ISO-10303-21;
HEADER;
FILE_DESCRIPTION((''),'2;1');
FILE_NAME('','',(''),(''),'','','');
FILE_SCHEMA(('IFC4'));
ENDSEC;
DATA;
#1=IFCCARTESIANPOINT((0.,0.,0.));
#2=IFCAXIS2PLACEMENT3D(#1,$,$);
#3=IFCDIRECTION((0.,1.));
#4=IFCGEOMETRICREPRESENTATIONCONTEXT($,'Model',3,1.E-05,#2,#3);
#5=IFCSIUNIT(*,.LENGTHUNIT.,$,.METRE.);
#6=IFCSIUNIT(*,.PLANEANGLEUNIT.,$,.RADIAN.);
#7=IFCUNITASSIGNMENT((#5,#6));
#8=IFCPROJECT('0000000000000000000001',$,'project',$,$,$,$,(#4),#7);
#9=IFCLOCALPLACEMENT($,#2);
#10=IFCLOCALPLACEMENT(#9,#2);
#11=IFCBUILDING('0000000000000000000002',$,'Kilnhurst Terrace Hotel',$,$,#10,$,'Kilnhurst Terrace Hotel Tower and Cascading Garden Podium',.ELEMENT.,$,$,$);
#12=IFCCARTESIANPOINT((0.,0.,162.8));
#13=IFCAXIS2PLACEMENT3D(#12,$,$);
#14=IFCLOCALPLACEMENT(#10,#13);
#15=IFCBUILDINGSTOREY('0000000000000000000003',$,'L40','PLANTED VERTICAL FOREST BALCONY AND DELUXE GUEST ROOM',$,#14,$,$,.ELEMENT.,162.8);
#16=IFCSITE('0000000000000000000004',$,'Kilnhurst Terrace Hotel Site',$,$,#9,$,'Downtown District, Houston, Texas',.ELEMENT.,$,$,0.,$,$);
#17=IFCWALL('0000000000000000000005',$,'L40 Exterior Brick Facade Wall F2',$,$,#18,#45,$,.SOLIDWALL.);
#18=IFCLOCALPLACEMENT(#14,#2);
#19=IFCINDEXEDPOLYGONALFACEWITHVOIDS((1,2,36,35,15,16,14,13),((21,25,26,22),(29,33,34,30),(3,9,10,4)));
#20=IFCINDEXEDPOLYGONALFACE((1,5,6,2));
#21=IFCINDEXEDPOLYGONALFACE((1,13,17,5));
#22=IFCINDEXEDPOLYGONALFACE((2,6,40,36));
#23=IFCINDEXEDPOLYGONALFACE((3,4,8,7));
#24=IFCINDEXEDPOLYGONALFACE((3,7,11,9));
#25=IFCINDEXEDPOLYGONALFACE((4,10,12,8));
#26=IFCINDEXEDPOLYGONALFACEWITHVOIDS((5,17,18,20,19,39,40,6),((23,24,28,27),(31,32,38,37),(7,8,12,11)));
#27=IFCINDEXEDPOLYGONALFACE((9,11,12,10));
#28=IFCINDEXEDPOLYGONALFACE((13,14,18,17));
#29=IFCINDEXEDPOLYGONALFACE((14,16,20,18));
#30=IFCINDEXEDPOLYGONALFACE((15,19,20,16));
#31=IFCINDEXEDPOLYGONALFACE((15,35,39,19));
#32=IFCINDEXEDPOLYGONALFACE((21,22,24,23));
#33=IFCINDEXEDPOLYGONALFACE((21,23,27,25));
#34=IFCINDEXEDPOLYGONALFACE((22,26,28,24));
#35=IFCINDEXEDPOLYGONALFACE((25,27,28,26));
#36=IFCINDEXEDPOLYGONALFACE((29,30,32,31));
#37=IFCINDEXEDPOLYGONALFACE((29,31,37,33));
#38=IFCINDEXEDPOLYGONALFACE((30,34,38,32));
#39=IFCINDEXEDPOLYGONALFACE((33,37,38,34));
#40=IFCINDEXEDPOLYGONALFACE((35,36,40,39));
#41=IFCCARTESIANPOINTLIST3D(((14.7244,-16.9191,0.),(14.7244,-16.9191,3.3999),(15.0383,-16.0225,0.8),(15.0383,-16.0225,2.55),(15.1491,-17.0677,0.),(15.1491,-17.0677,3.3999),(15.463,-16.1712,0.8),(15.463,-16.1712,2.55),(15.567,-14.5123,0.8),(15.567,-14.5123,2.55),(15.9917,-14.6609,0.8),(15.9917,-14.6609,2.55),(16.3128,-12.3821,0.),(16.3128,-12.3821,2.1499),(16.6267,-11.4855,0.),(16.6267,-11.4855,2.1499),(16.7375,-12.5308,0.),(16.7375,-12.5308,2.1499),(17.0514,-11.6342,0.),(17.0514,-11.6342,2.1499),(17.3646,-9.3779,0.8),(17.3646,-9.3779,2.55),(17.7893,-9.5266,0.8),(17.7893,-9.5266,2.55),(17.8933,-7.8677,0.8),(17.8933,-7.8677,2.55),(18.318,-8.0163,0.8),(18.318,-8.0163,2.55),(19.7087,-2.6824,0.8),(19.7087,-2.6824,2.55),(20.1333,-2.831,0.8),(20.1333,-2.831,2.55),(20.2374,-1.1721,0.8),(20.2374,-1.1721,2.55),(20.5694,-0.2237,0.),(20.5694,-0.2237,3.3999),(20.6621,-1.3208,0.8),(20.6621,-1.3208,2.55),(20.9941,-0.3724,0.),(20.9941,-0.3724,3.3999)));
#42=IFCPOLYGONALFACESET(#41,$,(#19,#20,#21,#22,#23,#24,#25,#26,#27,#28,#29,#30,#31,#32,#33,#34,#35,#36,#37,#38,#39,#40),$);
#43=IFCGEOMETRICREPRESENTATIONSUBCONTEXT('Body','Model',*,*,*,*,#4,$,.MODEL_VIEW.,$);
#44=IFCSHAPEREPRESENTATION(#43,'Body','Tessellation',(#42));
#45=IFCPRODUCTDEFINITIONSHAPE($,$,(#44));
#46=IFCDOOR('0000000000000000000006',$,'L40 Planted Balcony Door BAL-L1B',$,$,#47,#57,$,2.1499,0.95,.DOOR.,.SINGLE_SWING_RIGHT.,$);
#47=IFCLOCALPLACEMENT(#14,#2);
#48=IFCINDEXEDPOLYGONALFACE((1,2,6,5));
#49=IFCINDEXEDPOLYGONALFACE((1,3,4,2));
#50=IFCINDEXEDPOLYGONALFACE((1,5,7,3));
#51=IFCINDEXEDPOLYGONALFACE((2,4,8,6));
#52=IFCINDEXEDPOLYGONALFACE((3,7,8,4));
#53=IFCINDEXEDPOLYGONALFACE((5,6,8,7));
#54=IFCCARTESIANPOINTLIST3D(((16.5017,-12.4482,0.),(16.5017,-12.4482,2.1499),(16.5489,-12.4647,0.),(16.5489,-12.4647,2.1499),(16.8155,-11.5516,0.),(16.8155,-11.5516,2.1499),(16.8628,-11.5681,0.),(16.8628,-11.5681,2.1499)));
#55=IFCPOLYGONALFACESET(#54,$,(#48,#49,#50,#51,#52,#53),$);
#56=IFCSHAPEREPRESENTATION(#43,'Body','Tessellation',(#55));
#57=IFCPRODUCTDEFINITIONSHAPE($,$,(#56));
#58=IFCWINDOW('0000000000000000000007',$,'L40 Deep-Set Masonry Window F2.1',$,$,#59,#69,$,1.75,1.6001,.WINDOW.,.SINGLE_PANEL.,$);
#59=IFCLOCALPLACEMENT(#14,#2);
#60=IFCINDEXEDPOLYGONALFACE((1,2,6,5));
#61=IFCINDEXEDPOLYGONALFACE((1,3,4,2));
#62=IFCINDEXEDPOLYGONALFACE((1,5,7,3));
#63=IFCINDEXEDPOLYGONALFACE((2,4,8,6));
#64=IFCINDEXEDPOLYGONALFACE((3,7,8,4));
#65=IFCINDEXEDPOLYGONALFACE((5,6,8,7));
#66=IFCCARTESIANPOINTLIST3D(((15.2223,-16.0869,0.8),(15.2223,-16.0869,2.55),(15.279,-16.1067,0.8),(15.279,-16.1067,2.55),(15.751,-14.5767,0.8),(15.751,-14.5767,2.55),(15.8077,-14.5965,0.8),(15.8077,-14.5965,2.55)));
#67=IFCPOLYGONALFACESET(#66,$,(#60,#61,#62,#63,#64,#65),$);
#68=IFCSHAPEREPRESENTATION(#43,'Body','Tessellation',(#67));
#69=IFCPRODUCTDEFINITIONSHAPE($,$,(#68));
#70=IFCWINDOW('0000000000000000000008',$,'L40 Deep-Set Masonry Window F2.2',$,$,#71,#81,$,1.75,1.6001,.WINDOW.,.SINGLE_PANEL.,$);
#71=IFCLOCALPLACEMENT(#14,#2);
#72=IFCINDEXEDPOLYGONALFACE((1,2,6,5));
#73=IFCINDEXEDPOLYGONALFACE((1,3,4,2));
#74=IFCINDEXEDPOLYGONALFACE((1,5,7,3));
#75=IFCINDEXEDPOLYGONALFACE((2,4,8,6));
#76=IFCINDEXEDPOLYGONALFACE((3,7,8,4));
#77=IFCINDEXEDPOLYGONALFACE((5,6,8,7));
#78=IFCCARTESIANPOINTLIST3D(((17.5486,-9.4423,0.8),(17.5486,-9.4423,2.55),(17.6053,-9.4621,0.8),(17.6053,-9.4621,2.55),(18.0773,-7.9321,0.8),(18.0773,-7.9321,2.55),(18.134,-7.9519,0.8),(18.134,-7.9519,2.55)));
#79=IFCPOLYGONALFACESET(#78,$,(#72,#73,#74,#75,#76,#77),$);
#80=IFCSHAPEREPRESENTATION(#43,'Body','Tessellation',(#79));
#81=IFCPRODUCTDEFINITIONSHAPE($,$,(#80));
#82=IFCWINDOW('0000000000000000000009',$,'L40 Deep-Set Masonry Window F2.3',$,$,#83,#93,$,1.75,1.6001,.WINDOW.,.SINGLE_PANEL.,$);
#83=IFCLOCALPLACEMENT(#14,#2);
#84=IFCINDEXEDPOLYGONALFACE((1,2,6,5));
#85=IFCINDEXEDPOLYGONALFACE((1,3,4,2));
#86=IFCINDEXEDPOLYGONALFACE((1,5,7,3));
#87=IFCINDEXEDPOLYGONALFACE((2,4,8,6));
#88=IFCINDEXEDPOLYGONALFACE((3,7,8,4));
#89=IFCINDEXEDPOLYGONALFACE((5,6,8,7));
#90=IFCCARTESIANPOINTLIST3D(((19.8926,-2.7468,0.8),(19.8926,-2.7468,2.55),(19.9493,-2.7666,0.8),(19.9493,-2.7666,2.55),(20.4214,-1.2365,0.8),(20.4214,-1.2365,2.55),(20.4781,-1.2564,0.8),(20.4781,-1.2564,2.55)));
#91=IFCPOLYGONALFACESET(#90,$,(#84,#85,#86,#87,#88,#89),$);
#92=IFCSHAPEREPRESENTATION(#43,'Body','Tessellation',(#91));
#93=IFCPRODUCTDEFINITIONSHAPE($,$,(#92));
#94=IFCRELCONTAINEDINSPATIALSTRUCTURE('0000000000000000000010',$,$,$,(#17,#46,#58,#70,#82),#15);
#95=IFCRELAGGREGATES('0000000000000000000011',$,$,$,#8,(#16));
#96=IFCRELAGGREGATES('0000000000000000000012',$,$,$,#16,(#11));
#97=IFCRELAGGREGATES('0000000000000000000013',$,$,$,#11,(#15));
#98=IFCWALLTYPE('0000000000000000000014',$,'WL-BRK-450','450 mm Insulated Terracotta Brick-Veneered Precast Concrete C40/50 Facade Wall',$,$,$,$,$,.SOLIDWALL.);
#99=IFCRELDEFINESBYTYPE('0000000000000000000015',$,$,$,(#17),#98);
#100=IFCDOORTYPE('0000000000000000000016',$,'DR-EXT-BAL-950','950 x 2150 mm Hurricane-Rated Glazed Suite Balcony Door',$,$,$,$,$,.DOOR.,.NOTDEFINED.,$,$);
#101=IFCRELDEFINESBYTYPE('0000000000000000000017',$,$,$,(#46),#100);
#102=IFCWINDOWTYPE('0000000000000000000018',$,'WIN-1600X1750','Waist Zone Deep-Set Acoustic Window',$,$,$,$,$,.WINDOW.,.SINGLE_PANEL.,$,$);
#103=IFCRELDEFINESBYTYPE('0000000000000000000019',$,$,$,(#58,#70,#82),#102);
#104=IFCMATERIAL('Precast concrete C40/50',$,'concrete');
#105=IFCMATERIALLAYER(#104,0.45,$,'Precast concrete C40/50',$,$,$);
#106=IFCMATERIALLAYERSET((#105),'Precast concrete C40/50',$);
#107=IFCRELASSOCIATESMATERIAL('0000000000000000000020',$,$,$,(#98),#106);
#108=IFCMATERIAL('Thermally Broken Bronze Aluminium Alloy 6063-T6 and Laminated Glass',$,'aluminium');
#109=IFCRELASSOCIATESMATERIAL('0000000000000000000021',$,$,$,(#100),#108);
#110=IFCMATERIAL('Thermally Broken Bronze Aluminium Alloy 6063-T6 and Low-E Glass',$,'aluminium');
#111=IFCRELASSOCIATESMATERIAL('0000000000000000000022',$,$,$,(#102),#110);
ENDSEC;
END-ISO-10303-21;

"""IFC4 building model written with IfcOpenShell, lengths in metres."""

from ifc_helpers import new_model, si_unit, direction, frame, frame_2d, origin, place, context, subcontext, project, spatial, rectangle, extrude, material, layer, layer_set, type_object, element, fill, save


model = new_model("IFC4")

# Units and contexts
model_context = context("Model", 3, precision=1e-05, world=origin(), true_north=direction((0.0, 1.0)))
body_context = subcontext(model_context, "Body", "Model", "MODEL_VIEW")
ifc_project = project(units=[si_unit("LENGTHUNIT", "METRE"), si_unit("PLANEANGLEUNIT", "RADIAN")], contexts=[model_context])

# Site, building, storey
site_placement = place(None, origin())
site = spatial("IfcSite", under=ifc_project, at=site_placement, Name="Kilnhurst Terrace Hotel Site", LongName="Downtown District, Houston, Texas", CompositionType="ELEMENT", RefElevation=0.0)
building_placement = place(site_placement, origin())
building = spatial("IfcBuilding", under=site, at=building_placement, Name="Kilnhurst Terrace Hotel", LongName="Kilnhurst Terrace Hotel Tower and Cascading Garden Podium", CompositionType="ELEMENT")
storey_placement = place(building_placement, frame((0.0, 0.0, 162.8)))
storey = spatial("IfcBuildingStorey", under=building, at=storey_placement, Name="L40", Description="PLANTED VERTICAL FOREST BALCONY AND DELUXE GUEST ROOM", CompositionType="ELEMENT", Elevation=162.8)

# Shared definitions
ifc_material_1 = material(Name="Precast concrete C40/50", Category="concrete")
ifc_layer_1 = layer(ifc_material_1, 0.45, Name="Precast concrete C40/50")
ifc_layer_set_1 = layer_set([ifc_layer_1], Name="Precast concrete C40/50")
wall_type_1 = type_object("IfcWallType", Name="WL-BRK-450", Description="450 mm Insulated Terracotta Brick-Veneered Precast Concrete C40/50 Facade Wall", PredefinedType="SOLIDWALL", material=ifc_layer_set_1)

# Wall, openings, door, windows
wall_1_placement = place(storey_placement, frame((14.9368, -16.9934, 0.0), z_axis=(0.0, 0.0, 1.0), x_axis=(0.330432, 0.94383, 0.0)))
wall_1 = element("IfcWall", 1, at=wall_1_placement, inside=storey, type_object=wall_type_1, Name="L40 Exterior Brick Facade Wall F2", PredefinedType="SOLIDWALL", context=body_context, shape_type="SweptSolid", body=[
    extrude(rectangle(XDim=17.689, YDim=0.45, at=frame_2d((8.8445, 0.0))), origin(), (0.0, 0.0, 1.0), 3.3999),
])
opening_1_placement = place(wall_1_placement, frame((4.8069, 0.0, 0.0)))
opening_1 = element("IfcOpeningElement", 2, at=opening_1_placement, cuts=wall_1, PredefinedType="OPENING", context=body_context, shape_type="SweptSolid", body=[
    extrude(rectangle(XDim=0.95, YDim=2.1499, at=frame_2d((0.4751, 1.075))), frame((0.0, 0.2349, 0.0), z_axis=(0.0, -1.0, 0.0), x_axis=(1.0, 0.0, 0.0)), (0.0, 0.0, 1.0), 0.47),
])
opening_2_placement = place(wall_1_placement, frame((0.95, 0.0, 0.8)))
opening_2 = element("IfcOpeningElement", 3, at=opening_2_placement, cuts=wall_1, PredefinedType="OPENING", context=body_context, shape_type="SweptSolid", body=[
    extrude(rectangle(XDim=1.6001, YDim=1.75, at=frame_2d((0.8, 0.875))), frame((0.0, 0.2349, 0.0), z_axis=(0.0, -1.0, 0.0), x_axis=(1.0, 0.0, 0.0)), (0.0, 0.0, 1.0), 0.47),
])
opening_3_placement = place(wall_1_placement, frame((7.99, 0.0, 0.8)))
opening_3 = element("IfcOpeningElement", 4, at=opening_3_placement, cuts=wall_1, PredefinedType="OPENING", context=body_context, shape_type="SweptSolid", body=[
    extrude(rectangle(XDim=1.6001, YDim=1.75, at=frame_2d((0.8, 0.875))), frame((0.0, 0.2349, 0.0), z_axis=(0.0, -1.0, 0.0), x_axis=(1.0, 0.0, 0.0)), (0.0, 0.0, 1.0), 0.47),
])
opening_4_placement = place(wall_1_placement, frame((15.084, 0.0, 0.8)))
opening_4 = element("IfcOpeningElement", 5, at=opening_4_placement, cuts=wall_1, PredefinedType="OPENING", context=body_context, shape_type="SweptSolid", body=[
    extrude(rectangle(XDim=1.6001, YDim=1.75, at=frame_2d((0.8, 0.875))), frame((0.0, 0.2349, 0.0), z_axis=(0.0, -1.0, 0.0), x_axis=(1.0, 0.0, 0.0)), (0.0, 0.0, 1.0), 0.47),
])
ifc_material_2 = material(Name="Thermally Broken Bronze Aluminium Alloy 6063-T6 and Laminated Glass", Category="aluminium")
door_type_1 = type_object("IfcDoorType", Name="DR-EXT-BAL-950", Description="950 x 2150 mm Hurricane-Rated Glazed Suite Balcony Door", OperationType="NOTDEFINED", PredefinedType="DOOR", material=ifc_material_2)
door_1_placement = place(opening_1_placement, origin())
door_1 = element("IfcDoor", 6, at=door_1_placement, inside=storey, type_object=door_type_1, Name="L40 Planted Balcony Door BAL-L1B", OperationType="SINGLE_SWING_RIGHT", OverallHeight=2.1499, OverallWidth=0.95, PredefinedType="DOOR", context=body_context, shape_type="SweptSolid", body=[
    extrude(rectangle(XDim=0.95, YDim=2.1499, at=frame_2d((0.4751, 1.075))), frame((0.0, 0.0249, 0.0), z_axis=(0.0, -1.0, 0.0), x_axis=(1.0, 0.0, 0.0)), (0.0, 0.0, 1.0), 0.05),
])
fill(opening_1, door_1)
ifc_material_3 = material(Name="Thermally Broken Bronze Aluminium Alloy 6063-T6 and Low-E Glass", Category="aluminium")
window_type = type_object("IfcWindowType", Name="WIN-1600X1750", Description="Waist Zone Deep-Set Acoustic Window", PartitioningType="SINGLE_PANEL", PredefinedType="WINDOW", material=ifc_material_3)
window_1_placement = place(opening_2_placement, origin())
window_1 = element("IfcWindow", 7, at=window_1_placement, inside=storey, type_object=window_type, Name="L40 Deep-Set Masonry Window F2.1", OverallHeight=1.75, OverallWidth=1.6001, PartitioningType="SINGLE_PANEL", PredefinedType="WINDOW", context=body_context, shape_type="SweptSolid", body=[
    extrude(rectangle(XDim=1.6001, YDim=1.75, at=frame_2d((0.8, 0.875))), frame((0.0, 0.03, 0.0), z_axis=(0.0, -1.0, 0.0), x_axis=(1.0, 0.0, 0.0)), (0.0, 0.0, 1.0), 0.0601),
])
fill(opening_2, window_1)
window_2_placement = place(opening_3_placement, origin())
window_2 = element("IfcWindow", 8, at=window_2_placement, inside=storey, type_object=window_type, Name="L40 Deep-Set Masonry Window F2.2", OverallHeight=1.75, OverallWidth=1.6001, PartitioningType="SINGLE_PANEL", PredefinedType="WINDOW", context=body_context, shape_type="SweptSolid", body=[
    extrude(rectangle(XDim=1.6001, YDim=1.75, at=frame_2d((0.8, 0.875))), frame((0.0, 0.03, 0.0), z_axis=(0.0, -1.0, 0.0), x_axis=(1.0, 0.0, 0.0)), (0.0, 0.0, 1.0), 0.0601),
])
fill(opening_3, window_2)
window_3_placement = place(opening_4_placement, origin())
window_3 = element("IfcWindow", 9, at=window_3_placement, inside=storey, type_object=window_type, Name="L40 Deep-Set Masonry Window F2.3", OverallHeight=1.75, OverallWidth=1.6001, PartitioningType="SINGLE_PANEL", PredefinedType="WINDOW", context=body_context, shape_type="SweptSolid", body=[
    extrude(rectangle(XDim=1.6001, YDim=1.75, at=frame_2d((0.8, 0.875))), frame((0.0, 0.03, 0.0), z_axis=(0.0, -1.0, 0.0), x_axis=(1.0, 0.0, 0.0)), (0.0, 0.0, 1.0), 0.0601),
])
fill(opening_4, window_3)

save(model, "model.ifc")
